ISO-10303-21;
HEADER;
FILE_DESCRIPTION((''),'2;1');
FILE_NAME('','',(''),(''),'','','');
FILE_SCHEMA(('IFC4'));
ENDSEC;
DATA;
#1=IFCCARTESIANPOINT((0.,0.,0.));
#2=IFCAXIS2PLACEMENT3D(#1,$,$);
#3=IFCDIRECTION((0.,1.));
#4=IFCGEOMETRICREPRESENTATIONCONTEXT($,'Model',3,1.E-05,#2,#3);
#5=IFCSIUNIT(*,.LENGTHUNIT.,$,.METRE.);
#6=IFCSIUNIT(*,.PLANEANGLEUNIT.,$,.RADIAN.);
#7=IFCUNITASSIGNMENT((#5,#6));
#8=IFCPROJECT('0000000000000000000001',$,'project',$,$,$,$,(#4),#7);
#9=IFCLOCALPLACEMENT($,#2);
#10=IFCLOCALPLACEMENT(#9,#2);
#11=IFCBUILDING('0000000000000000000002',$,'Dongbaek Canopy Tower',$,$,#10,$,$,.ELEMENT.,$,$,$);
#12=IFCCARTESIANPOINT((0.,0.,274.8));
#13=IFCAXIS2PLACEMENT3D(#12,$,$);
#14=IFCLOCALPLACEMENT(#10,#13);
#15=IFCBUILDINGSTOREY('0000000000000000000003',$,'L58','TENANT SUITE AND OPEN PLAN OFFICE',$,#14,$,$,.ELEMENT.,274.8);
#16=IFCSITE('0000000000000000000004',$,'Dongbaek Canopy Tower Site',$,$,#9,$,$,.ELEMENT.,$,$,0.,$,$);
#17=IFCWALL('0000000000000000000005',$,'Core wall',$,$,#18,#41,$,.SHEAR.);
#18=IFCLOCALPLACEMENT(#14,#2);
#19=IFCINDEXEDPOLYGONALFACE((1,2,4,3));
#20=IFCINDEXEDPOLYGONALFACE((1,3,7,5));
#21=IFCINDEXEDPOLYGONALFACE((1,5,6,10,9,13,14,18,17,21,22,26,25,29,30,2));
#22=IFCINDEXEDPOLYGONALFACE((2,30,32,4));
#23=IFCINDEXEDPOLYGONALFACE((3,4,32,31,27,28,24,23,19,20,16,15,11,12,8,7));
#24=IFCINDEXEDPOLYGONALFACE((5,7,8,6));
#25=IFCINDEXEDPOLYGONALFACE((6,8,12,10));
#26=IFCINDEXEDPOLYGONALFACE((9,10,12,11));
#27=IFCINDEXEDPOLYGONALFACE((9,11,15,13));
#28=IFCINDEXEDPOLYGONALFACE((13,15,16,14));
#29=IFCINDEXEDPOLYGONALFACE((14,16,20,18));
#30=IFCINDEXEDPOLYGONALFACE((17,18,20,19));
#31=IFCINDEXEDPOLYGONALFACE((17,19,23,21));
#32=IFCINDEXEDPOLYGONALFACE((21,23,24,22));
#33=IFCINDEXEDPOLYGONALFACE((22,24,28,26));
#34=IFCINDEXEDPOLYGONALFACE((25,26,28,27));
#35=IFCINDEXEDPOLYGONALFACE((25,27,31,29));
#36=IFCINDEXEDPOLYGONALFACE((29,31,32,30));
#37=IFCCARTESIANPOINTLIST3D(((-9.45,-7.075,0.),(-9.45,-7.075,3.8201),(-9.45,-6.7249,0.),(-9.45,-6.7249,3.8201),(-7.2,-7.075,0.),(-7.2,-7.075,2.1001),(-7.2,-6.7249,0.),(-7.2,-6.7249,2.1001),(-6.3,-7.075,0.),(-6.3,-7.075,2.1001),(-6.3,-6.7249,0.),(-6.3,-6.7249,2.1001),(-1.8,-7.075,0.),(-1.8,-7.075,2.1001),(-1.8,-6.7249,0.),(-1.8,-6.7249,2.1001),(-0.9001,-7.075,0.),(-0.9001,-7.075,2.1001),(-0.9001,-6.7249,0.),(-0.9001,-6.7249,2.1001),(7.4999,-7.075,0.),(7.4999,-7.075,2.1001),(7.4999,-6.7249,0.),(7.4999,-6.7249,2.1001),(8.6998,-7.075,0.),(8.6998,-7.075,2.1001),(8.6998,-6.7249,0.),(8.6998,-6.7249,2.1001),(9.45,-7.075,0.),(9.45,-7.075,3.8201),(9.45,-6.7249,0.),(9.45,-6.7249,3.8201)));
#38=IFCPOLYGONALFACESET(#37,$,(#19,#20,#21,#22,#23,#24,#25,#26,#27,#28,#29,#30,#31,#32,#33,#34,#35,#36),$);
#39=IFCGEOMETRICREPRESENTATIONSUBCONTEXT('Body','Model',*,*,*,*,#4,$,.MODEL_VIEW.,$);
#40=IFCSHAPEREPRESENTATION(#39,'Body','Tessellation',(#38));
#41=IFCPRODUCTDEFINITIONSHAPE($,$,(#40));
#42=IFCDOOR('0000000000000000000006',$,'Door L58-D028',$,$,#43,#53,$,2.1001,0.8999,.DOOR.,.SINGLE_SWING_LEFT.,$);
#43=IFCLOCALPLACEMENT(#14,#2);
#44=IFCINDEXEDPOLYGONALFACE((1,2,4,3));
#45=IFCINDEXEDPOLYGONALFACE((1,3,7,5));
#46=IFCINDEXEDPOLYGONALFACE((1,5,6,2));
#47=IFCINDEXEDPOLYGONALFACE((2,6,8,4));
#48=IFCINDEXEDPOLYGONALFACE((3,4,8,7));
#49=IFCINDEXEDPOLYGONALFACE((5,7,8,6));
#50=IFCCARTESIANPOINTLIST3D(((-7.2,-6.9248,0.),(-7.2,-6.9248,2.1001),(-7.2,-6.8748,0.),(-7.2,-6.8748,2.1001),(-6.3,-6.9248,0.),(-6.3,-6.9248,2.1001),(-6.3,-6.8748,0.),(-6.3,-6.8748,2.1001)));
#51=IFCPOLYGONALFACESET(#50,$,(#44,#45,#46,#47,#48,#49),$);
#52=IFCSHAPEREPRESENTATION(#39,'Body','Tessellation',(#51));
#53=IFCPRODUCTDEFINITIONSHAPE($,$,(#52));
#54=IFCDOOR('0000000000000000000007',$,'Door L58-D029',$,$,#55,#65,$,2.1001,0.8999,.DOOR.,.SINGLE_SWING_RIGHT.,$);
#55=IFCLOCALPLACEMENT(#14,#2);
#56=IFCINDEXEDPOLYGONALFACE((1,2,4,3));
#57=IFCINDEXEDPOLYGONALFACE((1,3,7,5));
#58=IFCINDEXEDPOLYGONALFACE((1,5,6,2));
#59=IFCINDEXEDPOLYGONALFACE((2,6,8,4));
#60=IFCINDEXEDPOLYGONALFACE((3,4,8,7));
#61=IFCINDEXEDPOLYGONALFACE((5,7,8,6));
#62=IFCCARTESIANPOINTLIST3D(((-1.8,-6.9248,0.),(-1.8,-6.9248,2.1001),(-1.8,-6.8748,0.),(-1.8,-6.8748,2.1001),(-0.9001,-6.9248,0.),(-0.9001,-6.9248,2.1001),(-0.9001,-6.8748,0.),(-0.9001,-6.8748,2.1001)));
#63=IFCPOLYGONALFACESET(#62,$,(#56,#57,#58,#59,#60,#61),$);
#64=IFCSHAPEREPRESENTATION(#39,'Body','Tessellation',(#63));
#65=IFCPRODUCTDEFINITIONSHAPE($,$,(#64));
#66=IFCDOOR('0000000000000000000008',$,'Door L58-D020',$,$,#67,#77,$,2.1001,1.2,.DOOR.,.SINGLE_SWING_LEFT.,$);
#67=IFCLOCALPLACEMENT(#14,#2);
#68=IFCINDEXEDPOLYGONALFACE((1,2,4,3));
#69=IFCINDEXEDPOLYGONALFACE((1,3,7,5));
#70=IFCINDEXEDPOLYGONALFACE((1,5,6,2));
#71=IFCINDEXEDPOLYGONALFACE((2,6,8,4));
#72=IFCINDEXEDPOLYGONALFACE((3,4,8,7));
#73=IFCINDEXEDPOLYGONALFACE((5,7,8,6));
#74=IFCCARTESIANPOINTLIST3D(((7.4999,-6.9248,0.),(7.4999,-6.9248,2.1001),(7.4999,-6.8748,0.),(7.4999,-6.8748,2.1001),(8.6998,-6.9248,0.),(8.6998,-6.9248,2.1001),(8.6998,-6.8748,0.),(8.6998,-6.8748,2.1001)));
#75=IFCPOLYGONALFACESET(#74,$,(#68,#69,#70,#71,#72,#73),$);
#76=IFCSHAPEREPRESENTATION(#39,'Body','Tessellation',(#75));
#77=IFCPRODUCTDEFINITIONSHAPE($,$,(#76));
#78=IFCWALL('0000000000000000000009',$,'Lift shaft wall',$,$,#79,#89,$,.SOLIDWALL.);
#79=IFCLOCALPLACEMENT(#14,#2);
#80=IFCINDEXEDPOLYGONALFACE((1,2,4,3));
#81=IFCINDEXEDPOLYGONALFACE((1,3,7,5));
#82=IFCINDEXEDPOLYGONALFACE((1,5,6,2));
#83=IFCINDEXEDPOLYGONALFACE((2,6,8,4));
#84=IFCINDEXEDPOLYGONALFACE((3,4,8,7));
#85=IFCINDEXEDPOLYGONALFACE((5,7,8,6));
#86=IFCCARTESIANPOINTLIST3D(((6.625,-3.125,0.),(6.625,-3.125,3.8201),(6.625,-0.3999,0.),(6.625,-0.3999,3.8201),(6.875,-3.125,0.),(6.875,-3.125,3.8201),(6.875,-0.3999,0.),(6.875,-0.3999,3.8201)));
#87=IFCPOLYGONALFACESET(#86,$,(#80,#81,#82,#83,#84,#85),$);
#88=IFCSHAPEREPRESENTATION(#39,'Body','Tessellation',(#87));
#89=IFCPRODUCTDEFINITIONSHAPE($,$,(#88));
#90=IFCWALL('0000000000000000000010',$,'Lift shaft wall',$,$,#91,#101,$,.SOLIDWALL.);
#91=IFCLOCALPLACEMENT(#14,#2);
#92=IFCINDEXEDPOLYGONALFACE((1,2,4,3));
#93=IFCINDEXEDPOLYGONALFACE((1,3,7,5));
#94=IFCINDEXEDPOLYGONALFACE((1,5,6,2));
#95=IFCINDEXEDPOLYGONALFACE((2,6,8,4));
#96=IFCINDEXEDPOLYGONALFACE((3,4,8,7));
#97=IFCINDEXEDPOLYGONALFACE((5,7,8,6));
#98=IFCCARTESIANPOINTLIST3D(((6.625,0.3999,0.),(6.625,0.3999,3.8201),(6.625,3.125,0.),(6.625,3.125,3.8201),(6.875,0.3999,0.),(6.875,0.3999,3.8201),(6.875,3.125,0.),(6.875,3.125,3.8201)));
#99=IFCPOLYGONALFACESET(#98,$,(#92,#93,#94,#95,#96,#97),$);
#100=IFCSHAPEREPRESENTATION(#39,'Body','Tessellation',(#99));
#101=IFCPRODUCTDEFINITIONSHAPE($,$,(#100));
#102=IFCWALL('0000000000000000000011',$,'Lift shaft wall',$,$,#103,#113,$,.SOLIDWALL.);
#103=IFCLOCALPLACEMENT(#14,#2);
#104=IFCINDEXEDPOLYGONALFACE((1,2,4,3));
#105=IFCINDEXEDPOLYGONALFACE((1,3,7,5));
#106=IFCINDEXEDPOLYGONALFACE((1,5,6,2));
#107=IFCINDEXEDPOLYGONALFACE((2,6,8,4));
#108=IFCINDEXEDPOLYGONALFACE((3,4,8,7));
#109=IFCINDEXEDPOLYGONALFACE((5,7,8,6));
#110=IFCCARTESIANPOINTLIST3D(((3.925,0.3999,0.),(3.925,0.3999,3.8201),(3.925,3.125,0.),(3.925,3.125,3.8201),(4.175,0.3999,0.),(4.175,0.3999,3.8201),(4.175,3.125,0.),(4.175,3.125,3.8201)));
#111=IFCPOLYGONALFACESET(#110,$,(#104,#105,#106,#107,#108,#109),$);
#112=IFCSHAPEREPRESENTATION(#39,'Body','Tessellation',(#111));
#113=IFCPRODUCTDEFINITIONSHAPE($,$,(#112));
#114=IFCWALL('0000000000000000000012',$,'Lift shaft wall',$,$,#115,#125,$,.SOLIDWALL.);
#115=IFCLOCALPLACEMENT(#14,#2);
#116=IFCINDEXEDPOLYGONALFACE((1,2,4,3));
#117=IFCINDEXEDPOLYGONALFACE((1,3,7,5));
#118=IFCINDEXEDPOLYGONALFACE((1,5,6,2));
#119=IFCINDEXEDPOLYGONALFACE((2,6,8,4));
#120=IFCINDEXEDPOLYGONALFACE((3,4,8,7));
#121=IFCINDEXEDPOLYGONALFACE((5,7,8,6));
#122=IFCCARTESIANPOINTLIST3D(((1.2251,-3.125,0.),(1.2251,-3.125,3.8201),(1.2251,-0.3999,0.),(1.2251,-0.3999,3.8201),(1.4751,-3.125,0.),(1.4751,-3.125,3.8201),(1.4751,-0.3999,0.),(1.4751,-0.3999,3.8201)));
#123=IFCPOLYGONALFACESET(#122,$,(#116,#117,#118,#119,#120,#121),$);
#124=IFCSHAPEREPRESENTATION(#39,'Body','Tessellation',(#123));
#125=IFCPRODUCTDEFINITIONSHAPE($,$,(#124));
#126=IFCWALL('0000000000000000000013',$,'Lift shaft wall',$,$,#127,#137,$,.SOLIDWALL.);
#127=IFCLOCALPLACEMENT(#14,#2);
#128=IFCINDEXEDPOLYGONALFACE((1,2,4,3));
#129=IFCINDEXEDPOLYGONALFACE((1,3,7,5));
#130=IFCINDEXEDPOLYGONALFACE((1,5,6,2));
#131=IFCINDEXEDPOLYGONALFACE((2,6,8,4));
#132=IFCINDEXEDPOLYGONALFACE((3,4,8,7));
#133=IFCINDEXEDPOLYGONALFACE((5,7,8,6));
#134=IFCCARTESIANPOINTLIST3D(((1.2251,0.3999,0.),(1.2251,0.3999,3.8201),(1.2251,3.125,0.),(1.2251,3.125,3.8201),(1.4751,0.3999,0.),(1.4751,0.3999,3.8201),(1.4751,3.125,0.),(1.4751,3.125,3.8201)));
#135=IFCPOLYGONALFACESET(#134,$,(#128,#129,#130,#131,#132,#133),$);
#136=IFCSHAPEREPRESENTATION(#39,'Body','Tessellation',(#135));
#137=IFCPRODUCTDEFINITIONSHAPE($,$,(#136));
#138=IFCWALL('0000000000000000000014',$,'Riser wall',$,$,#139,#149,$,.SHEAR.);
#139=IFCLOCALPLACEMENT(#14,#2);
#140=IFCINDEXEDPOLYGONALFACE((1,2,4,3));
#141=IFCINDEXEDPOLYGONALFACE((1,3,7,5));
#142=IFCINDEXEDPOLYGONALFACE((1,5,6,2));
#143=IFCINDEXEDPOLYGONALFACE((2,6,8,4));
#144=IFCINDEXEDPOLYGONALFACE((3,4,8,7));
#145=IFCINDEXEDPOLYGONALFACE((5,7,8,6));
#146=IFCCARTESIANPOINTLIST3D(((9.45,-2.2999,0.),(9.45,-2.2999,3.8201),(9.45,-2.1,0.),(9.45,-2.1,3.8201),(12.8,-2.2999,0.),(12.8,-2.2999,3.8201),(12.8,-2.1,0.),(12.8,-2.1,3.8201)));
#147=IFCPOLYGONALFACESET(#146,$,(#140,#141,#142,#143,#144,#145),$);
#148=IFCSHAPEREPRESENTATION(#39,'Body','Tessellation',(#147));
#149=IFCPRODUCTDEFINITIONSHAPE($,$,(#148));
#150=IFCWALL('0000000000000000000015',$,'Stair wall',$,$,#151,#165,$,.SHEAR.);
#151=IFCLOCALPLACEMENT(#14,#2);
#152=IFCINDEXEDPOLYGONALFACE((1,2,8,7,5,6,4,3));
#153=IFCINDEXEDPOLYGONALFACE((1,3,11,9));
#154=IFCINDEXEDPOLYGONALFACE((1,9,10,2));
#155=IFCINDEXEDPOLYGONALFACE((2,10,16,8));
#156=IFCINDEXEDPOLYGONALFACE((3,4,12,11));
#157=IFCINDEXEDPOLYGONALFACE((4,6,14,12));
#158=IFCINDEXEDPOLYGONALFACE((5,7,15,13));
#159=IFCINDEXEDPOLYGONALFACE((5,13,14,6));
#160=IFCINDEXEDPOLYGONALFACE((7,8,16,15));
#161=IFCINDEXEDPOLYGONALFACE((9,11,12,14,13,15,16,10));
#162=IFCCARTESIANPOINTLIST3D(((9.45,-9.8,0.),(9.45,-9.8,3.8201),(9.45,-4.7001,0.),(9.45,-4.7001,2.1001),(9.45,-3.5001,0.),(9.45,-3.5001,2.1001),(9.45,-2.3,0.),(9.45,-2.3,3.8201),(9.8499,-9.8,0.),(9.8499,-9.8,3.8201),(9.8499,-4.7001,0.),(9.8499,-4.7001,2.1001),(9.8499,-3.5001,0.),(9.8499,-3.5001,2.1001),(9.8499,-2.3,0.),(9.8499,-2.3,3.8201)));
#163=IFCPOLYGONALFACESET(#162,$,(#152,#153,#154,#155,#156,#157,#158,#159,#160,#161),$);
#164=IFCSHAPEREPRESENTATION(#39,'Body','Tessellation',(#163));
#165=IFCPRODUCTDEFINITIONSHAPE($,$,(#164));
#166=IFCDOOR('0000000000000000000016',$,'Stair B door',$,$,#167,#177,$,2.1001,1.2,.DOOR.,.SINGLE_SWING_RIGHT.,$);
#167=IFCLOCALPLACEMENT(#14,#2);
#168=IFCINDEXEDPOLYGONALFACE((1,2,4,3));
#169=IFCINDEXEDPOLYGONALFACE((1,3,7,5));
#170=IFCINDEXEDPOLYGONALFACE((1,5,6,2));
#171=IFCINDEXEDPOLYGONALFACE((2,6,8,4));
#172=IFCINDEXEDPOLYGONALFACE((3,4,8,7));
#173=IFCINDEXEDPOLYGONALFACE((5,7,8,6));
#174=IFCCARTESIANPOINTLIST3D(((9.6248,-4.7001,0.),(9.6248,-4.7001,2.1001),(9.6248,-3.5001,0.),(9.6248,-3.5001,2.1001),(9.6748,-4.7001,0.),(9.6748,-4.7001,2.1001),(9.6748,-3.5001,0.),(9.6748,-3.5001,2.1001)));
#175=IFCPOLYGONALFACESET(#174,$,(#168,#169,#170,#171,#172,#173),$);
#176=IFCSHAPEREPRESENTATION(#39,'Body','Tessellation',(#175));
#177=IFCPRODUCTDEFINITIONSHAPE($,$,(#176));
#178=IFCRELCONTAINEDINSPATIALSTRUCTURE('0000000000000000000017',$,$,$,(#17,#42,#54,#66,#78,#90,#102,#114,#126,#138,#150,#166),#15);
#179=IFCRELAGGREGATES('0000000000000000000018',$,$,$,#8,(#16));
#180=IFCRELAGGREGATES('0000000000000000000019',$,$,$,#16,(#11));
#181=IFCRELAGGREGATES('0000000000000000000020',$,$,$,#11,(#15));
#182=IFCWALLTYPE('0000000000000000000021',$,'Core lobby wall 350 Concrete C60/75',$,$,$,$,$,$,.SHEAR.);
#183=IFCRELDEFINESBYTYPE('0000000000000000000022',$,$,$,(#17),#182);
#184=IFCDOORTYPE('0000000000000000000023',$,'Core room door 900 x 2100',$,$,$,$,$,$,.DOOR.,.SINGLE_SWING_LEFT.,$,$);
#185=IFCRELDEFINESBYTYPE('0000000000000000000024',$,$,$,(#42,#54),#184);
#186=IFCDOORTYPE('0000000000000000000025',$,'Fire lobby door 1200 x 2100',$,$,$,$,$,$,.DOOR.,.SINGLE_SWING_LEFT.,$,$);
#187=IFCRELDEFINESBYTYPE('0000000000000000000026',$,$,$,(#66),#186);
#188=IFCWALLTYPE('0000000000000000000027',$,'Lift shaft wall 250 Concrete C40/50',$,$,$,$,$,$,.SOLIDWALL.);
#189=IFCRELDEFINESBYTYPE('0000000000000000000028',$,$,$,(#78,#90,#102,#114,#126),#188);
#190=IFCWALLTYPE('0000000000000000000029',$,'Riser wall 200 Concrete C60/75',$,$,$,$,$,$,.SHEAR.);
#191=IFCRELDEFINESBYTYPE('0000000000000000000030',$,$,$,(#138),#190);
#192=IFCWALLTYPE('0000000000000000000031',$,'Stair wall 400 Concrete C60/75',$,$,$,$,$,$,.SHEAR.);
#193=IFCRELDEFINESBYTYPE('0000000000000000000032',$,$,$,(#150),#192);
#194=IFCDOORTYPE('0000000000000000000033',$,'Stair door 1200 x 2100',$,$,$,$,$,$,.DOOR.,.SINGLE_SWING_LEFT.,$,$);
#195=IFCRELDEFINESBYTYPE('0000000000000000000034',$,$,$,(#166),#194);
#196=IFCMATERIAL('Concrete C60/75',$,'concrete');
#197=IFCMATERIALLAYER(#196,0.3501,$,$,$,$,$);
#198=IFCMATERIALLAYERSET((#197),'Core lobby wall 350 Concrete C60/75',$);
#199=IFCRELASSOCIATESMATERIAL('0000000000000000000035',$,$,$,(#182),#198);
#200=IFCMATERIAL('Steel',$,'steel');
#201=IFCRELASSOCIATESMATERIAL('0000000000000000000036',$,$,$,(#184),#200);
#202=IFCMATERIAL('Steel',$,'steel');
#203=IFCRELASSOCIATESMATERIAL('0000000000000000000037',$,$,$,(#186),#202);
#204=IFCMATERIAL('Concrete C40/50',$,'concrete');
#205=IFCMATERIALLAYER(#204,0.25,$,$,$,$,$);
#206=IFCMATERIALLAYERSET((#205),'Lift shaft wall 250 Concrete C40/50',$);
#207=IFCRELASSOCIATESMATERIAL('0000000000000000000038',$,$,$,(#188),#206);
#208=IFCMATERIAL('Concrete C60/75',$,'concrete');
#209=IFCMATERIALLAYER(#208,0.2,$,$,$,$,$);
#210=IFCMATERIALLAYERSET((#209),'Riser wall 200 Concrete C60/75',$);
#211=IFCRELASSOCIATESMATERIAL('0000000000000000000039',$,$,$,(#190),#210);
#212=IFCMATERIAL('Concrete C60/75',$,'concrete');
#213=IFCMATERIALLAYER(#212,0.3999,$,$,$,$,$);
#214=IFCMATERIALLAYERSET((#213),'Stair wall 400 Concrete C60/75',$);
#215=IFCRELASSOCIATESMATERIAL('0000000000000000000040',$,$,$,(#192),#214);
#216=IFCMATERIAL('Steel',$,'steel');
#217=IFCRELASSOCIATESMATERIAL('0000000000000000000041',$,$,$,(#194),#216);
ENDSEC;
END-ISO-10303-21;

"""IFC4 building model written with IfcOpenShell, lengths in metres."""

from ifc_helpers import new_model, si_unit, direction, frame, frame_2d, origin, place, context, subcontext, project, spatial, rectangle, extrude, material, layer, layer_set, type_object, element, fill, save


model = new_model("IFC4")

# Units and contexts
model_context = context("Model", 3, precision=1e-05, world=origin(), true_north=direction((0.0, 1.0)))
body_context = subcontext(model_context, "Body", "Model", "MODEL_VIEW")
ifc_project = project(units=[si_unit("LENGTHUNIT", "METRE"), si_unit("PLANEANGLEUNIT", "RADIAN")], contexts=[model_context])

# Site, building, storey
site_placement = place(None, origin())
site = spatial("IfcSite", under=ifc_project, at=site_placement, Name="Dongbaek Canopy Tower Site", CompositionType="ELEMENT", RefElevation=0.0)
building_placement = place(site_placement, origin())
building = spatial("IfcBuilding", under=site, at=building_placement, Name="Dongbaek Canopy Tower", CompositionType="ELEMENT")
storey_placement = place(building_placement, frame((0.0, 0.0, 274.8)))
storey = spatial("IfcBuildingStorey", under=building, at=storey_placement, Name="L58", Description="TENANT SUITE AND OPEN PLAN OFFICE", CompositionType="ELEMENT", Elevation=274.8)

# Wall, openings, doors
ifc_material_1 = material(Name="Concrete C60/75", Category="concrete")
ifc_layer_1 = layer(ifc_material_1, 0.3501)
ifc_layer_set_1 = layer_set([ifc_layer_1], Name="Core lobby wall 350 Concrete C60/75")
wall_type_1 = type_object("IfcWallType", Name="Core lobby wall 350 Concrete C60/75", PredefinedType="SHEAR", material=ifc_layer_set_1)
wall_1_placement = place(storey_placement, frame((9.45, -6.8999, 0.0), z_axis=(0.0, 0.0, 1.0), x_axis=(-1.0, 0.0, 0.0)))
wall_1 = element("IfcWall", 1, at=wall_1_placement, inside=storey, type_object=wall_type_1, Name="Core wall", PredefinedType="SHEAR", context=body_context, shape_type="SweptSolid", body=[
    extrude(rectangle(XDim=18.8999, YDim=0.3501, at=frame_2d((9.45, 0.0))), origin(), (0.0, 0.0, 1.0), 3.8201),
])
opening_1_placement = place(wall_1_placement, frame((0.75, 0.0, 0.0)))
opening_1 = element("IfcOpeningElement", 2, at=opening_1_placement, cuts=wall_1, PredefinedType="OPENING", context=body_context, shape_type="SweptSolid", body=[
    extrude(rectangle(XDim=1.2, YDim=2.1001, at=frame_2d((0.6001, 1.05))), frame((0.0, 0.1851, 0.0), z_axis=(0.0, -1.0, 0.0), x_axis=(1.0, 0.0, 0.0)), (0.0, 0.0, 1.0), 0.3701),
])
opening_2_placement = place(wall_1_placement, frame((15.75, 0.0, 0.0)))
opening_2 = element("IfcOpeningElement", 3, at=opening_2_placement, cuts=wall_1, PredefinedType="OPENING", context=body_context, shape_type="SweptSolid", body=[
    extrude(rectangle(XDim=0.8999, YDim=2.1001, at=frame_2d((0.45, 1.05))), frame((0.0, 0.1851, 0.0), z_axis=(0.0, -1.0, 0.0), x_axis=(1.0, 0.0, 0.0)), (0.0, 0.0, 1.0), 0.3701),
])
opening_3_placement = place(wall_1_placement, frame((10.3501, 0.0, 0.0)))
opening_3 = element("IfcOpeningElement", 4, at=opening_3_placement, cuts=wall_1, PredefinedType="OPENING", context=body_context, shape_type="SweptSolid", body=[
    extrude(rectangle(XDim=0.8999, YDim=2.1001, at=frame_2d((0.45, 1.05))), frame((0.0, 0.1851, 0.0), z_axis=(0.0, -1.0, 0.0), x_axis=(1.0, 0.0, 0.0)), (0.0, 0.0, 1.0), 0.3701),
])
ifc_material_2 = material(Name="Steel", Category="steel")
door_type_1 = type_object("IfcDoorType", Name="Core room door 900 x 2100", OperationType="SINGLE_SWING_LEFT", PredefinedType="DOOR", material=ifc_material_2)
door_1_placement = place(opening_2_placement, origin())
door_1 = element("IfcDoor", 5, at=door_1_placement, inside=storey, type_object=door_type_1, Name="Door L58-D028", OperationType="SINGLE_SWING_LEFT", OverallHeight=2.1001, OverallWidth=0.8999, PredefinedType="DOOR", context=body_context, shape_type="SweptSolid", body=[
    extrude(rectangle(XDim=0.8999, YDim=2.1001, at=frame_2d((0.45, 1.05))), frame((0.0, 0.0249, 0.0), z_axis=(0.0, -1.0, 0.0), x_axis=(1.0, 0.0, 0.0)), (0.0, 0.0, 1.0), 0.05),
])
fill(opening_2, door_1)
door_2_placement = place(opening_3_placement, origin())
door_2 = element("IfcDoor", 6, at=door_2_placement, inside=storey, type_object=door_type_1, Name="Door L58-D029", OperationType="SINGLE_SWING_RIGHT", OverallHeight=2.1001, OverallWidth=0.8999, PredefinedType="DOOR", context=body_context, shape_type="SweptSolid", body=[
    extrude(rectangle(XDim=0.8999, YDim=2.1001, at=frame_2d((0.45, 1.05))), frame((0.0, 0.0249, 0.0), z_axis=(0.0, -1.0, 0.0), x_axis=(1.0, 0.0, 0.0)), (0.0, 0.0, 1.0), 0.05),
])
fill(opening_3, door_2)
ifc_material_3 = material(Name="Steel", Category="steel")
door_type_2 = type_object("IfcDoorType", Name="Fire lobby door 1200 x 2100", OperationType="SINGLE_SWING_LEFT", PredefinedType="DOOR", material=ifc_material_3)
door_3_placement = place(opening_1_placement, origin())
door_3 = element("IfcDoor", 7, at=door_3_placement, inside=storey, type_object=door_type_2, Name="Door L58-D020", OperationType="SINGLE_SWING_LEFT", OverallHeight=2.1001, OverallWidth=1.2, PredefinedType="DOOR", context=body_context, shape_type="SweptSolid", body=[
    extrude(rectangle(XDim=1.2, YDim=2.1001, at=frame_2d((0.6001, 1.05))), frame((0.0, 0.0249, 0.0), z_axis=(0.0, -1.0, 0.0), x_axis=(1.0, 0.0, 0.0)), (0.0, 0.0, 1.0), 0.05),
])
fill(opening_1, door_3)

# Walls
ifc_material_4 = material(Name="Concrete C40/50", Category="concrete")
ifc_layer_2 = layer(ifc_material_4, 0.25)
ifc_layer_set_2 = layer_set([ifc_layer_2], Name="Lift shaft wall 250 Concrete C40/50")
wall_type_2 = type_object("IfcWallType", Name="Lift shaft wall 250 Concrete C40/50", PredefinedType="SOLIDWALL", material=ifc_layer_set_2)
for number, where, z_axis, x_axis, name in (
    (8, (6.75, -3.125, 0.0), (0.0, 0.0, 1.0), (0.0, 1.0, 0.0), "Lift shaft wall"),
    (9, (6.75, 0.3999, 0.0), (0.0, 0.0, 1.0), (0.0, 1.0, 0.0), "Lift shaft wall"),
    (10, (4.05, 0.3999, 0.0), (0.0, 0.0, 1.0), (0.0, 1.0, 0.0), "Lift shaft wall"),
    (11, (1.3501, -3.125, 0.0), (0.0, 0.0, 1.0), (0.0, 1.0, 0.0), "Lift shaft wall"),
    (12, (1.3501, 0.3999, 0.0), (0.0, 0.0, 1.0), (0.0, 1.0, 0.0), "Lift shaft wall"),
):
    element("IfcWall", number, at=place(storey_placement, frame(where, z_axis=z_axis, x_axis=x_axis)), inside=storey, type_object=wall_type_2, Name=name, PredefinedType="SOLIDWALL", context=body_context, shape_type="SweptSolid", body=[
        extrude(rectangle(XDim=2.7251, YDim=0.25, at=frame_2d((1.3625, 0.0))), origin(), (0.0, 0.0, 1.0), 3.8201),
    ])
ifc_material_5 = material(Name="Concrete C60/75", Category="concrete")
ifc_layer_3 = layer(ifc_material_5, 0.2)
ifc_layer_set_3 = layer_set([ifc_layer_3], Name="Riser wall 200 Concrete C60/75")
wall_type_3 = type_object("IfcWallType", Name="Riser wall 200 Concrete C60/75", PredefinedType="SHEAR", material=ifc_layer_set_3)
wall_2_placement = place(storey_placement, frame((9.45, -2.2, 0.0), z_axis=(0.0, 0.0, 1.0), x_axis=(1.0, 0.0, 0.0)))
element("IfcWall", 13, at=wall_2_placement, inside=storey, type_object=wall_type_3, Name="Riser wall", PredefinedType="SHEAR", context=body_context, shape_type="SweptSolid", body=[
    extrude(rectangle(XDim=3.3501, YDim=0.2, at=frame_2d((1.675, 0.0))), origin(), (0.0, 0.0, 1.0), 3.8201),
])

# Wall, opening, door
ifc_material_6 = material(Name="Concrete C60/75", Category="concrete")
ifc_layer_4 = layer(ifc_material_6, 0.3999)
ifc_layer_set_4 = layer_set([ifc_layer_4], Name="Stair wall 400 Concrete C60/75")
wall_type_4 = type_object("IfcWallType", Name="Stair wall 400 Concrete C60/75", PredefinedType="SHEAR", material=ifc_layer_set_4)
wall_3_placement = place(storey_placement, frame((9.6499, -2.3, 0.0), z_axis=(0.0, 0.0, 1.0), x_axis=(0.0, -1.0, 0.0)))
wall_3 = element("IfcWall", 14, at=wall_3_placement, inside=storey, type_object=wall_type_4, Name="Stair wall", PredefinedType="SHEAR", context=body_context, shape_type="SweptSolid", body=[
    extrude(rectangle(XDim=7.5, YDim=0.3999, at=frame_2d((3.75, 0.0))), origin(), (0.0, 0.0, 1.0), 3.8201),
])
opening_4_placement = place(wall_3_placement, frame((1.2, 0.0, 0.0)))
opening_4 = element("IfcOpeningElement", 15, at=opening_4_placement, cuts=wall_3, PredefinedType="OPENING", context=body_context, shape_type="SweptSolid", body=[
    extrude(rectangle(XDim=1.2, YDim=2.1001, at=frame_2d((0.6001, 1.05))), frame((0.0, 0.21, 0.0), z_axis=(0.0, -1.0, 0.0), x_axis=(1.0, 0.0, 0.0)), (0.0, 0.0, 1.0), 0.4199),
])
ifc_material_7 = material(Name="Steel", Category="steel")
door_type_3 = type_object("IfcDoorType", Name="Stair door 1200 x 2100", OperationType="SINGLE_SWING_LEFT", PredefinedType="DOOR", material=ifc_material_7)
door_4_placement = place(opening_4_placement, origin())
door_4 = element("IfcDoor", 16, at=door_4_placement, inside=storey, type_object=door_type_3, Name="Stair B door", OperationType="SINGLE_SWING_RIGHT", OverallHeight=2.1001, OverallWidth=1.2, PredefinedType="DOOR", context=body_context, shape_type="SweptSolid", body=[
    extrude(rectangle(XDim=1.2, YDim=2.1001, at=frame_2d((0.6001, 1.05))), frame((0.0, 0.0249, 0.0), z_axis=(0.0, -1.0, 0.0), x_axis=(1.0, 0.0, 0.0)), (0.0, 0.0, 1.0), 0.05),
])
fill(opening_4, door_4)

save(model, "model.ifc")
